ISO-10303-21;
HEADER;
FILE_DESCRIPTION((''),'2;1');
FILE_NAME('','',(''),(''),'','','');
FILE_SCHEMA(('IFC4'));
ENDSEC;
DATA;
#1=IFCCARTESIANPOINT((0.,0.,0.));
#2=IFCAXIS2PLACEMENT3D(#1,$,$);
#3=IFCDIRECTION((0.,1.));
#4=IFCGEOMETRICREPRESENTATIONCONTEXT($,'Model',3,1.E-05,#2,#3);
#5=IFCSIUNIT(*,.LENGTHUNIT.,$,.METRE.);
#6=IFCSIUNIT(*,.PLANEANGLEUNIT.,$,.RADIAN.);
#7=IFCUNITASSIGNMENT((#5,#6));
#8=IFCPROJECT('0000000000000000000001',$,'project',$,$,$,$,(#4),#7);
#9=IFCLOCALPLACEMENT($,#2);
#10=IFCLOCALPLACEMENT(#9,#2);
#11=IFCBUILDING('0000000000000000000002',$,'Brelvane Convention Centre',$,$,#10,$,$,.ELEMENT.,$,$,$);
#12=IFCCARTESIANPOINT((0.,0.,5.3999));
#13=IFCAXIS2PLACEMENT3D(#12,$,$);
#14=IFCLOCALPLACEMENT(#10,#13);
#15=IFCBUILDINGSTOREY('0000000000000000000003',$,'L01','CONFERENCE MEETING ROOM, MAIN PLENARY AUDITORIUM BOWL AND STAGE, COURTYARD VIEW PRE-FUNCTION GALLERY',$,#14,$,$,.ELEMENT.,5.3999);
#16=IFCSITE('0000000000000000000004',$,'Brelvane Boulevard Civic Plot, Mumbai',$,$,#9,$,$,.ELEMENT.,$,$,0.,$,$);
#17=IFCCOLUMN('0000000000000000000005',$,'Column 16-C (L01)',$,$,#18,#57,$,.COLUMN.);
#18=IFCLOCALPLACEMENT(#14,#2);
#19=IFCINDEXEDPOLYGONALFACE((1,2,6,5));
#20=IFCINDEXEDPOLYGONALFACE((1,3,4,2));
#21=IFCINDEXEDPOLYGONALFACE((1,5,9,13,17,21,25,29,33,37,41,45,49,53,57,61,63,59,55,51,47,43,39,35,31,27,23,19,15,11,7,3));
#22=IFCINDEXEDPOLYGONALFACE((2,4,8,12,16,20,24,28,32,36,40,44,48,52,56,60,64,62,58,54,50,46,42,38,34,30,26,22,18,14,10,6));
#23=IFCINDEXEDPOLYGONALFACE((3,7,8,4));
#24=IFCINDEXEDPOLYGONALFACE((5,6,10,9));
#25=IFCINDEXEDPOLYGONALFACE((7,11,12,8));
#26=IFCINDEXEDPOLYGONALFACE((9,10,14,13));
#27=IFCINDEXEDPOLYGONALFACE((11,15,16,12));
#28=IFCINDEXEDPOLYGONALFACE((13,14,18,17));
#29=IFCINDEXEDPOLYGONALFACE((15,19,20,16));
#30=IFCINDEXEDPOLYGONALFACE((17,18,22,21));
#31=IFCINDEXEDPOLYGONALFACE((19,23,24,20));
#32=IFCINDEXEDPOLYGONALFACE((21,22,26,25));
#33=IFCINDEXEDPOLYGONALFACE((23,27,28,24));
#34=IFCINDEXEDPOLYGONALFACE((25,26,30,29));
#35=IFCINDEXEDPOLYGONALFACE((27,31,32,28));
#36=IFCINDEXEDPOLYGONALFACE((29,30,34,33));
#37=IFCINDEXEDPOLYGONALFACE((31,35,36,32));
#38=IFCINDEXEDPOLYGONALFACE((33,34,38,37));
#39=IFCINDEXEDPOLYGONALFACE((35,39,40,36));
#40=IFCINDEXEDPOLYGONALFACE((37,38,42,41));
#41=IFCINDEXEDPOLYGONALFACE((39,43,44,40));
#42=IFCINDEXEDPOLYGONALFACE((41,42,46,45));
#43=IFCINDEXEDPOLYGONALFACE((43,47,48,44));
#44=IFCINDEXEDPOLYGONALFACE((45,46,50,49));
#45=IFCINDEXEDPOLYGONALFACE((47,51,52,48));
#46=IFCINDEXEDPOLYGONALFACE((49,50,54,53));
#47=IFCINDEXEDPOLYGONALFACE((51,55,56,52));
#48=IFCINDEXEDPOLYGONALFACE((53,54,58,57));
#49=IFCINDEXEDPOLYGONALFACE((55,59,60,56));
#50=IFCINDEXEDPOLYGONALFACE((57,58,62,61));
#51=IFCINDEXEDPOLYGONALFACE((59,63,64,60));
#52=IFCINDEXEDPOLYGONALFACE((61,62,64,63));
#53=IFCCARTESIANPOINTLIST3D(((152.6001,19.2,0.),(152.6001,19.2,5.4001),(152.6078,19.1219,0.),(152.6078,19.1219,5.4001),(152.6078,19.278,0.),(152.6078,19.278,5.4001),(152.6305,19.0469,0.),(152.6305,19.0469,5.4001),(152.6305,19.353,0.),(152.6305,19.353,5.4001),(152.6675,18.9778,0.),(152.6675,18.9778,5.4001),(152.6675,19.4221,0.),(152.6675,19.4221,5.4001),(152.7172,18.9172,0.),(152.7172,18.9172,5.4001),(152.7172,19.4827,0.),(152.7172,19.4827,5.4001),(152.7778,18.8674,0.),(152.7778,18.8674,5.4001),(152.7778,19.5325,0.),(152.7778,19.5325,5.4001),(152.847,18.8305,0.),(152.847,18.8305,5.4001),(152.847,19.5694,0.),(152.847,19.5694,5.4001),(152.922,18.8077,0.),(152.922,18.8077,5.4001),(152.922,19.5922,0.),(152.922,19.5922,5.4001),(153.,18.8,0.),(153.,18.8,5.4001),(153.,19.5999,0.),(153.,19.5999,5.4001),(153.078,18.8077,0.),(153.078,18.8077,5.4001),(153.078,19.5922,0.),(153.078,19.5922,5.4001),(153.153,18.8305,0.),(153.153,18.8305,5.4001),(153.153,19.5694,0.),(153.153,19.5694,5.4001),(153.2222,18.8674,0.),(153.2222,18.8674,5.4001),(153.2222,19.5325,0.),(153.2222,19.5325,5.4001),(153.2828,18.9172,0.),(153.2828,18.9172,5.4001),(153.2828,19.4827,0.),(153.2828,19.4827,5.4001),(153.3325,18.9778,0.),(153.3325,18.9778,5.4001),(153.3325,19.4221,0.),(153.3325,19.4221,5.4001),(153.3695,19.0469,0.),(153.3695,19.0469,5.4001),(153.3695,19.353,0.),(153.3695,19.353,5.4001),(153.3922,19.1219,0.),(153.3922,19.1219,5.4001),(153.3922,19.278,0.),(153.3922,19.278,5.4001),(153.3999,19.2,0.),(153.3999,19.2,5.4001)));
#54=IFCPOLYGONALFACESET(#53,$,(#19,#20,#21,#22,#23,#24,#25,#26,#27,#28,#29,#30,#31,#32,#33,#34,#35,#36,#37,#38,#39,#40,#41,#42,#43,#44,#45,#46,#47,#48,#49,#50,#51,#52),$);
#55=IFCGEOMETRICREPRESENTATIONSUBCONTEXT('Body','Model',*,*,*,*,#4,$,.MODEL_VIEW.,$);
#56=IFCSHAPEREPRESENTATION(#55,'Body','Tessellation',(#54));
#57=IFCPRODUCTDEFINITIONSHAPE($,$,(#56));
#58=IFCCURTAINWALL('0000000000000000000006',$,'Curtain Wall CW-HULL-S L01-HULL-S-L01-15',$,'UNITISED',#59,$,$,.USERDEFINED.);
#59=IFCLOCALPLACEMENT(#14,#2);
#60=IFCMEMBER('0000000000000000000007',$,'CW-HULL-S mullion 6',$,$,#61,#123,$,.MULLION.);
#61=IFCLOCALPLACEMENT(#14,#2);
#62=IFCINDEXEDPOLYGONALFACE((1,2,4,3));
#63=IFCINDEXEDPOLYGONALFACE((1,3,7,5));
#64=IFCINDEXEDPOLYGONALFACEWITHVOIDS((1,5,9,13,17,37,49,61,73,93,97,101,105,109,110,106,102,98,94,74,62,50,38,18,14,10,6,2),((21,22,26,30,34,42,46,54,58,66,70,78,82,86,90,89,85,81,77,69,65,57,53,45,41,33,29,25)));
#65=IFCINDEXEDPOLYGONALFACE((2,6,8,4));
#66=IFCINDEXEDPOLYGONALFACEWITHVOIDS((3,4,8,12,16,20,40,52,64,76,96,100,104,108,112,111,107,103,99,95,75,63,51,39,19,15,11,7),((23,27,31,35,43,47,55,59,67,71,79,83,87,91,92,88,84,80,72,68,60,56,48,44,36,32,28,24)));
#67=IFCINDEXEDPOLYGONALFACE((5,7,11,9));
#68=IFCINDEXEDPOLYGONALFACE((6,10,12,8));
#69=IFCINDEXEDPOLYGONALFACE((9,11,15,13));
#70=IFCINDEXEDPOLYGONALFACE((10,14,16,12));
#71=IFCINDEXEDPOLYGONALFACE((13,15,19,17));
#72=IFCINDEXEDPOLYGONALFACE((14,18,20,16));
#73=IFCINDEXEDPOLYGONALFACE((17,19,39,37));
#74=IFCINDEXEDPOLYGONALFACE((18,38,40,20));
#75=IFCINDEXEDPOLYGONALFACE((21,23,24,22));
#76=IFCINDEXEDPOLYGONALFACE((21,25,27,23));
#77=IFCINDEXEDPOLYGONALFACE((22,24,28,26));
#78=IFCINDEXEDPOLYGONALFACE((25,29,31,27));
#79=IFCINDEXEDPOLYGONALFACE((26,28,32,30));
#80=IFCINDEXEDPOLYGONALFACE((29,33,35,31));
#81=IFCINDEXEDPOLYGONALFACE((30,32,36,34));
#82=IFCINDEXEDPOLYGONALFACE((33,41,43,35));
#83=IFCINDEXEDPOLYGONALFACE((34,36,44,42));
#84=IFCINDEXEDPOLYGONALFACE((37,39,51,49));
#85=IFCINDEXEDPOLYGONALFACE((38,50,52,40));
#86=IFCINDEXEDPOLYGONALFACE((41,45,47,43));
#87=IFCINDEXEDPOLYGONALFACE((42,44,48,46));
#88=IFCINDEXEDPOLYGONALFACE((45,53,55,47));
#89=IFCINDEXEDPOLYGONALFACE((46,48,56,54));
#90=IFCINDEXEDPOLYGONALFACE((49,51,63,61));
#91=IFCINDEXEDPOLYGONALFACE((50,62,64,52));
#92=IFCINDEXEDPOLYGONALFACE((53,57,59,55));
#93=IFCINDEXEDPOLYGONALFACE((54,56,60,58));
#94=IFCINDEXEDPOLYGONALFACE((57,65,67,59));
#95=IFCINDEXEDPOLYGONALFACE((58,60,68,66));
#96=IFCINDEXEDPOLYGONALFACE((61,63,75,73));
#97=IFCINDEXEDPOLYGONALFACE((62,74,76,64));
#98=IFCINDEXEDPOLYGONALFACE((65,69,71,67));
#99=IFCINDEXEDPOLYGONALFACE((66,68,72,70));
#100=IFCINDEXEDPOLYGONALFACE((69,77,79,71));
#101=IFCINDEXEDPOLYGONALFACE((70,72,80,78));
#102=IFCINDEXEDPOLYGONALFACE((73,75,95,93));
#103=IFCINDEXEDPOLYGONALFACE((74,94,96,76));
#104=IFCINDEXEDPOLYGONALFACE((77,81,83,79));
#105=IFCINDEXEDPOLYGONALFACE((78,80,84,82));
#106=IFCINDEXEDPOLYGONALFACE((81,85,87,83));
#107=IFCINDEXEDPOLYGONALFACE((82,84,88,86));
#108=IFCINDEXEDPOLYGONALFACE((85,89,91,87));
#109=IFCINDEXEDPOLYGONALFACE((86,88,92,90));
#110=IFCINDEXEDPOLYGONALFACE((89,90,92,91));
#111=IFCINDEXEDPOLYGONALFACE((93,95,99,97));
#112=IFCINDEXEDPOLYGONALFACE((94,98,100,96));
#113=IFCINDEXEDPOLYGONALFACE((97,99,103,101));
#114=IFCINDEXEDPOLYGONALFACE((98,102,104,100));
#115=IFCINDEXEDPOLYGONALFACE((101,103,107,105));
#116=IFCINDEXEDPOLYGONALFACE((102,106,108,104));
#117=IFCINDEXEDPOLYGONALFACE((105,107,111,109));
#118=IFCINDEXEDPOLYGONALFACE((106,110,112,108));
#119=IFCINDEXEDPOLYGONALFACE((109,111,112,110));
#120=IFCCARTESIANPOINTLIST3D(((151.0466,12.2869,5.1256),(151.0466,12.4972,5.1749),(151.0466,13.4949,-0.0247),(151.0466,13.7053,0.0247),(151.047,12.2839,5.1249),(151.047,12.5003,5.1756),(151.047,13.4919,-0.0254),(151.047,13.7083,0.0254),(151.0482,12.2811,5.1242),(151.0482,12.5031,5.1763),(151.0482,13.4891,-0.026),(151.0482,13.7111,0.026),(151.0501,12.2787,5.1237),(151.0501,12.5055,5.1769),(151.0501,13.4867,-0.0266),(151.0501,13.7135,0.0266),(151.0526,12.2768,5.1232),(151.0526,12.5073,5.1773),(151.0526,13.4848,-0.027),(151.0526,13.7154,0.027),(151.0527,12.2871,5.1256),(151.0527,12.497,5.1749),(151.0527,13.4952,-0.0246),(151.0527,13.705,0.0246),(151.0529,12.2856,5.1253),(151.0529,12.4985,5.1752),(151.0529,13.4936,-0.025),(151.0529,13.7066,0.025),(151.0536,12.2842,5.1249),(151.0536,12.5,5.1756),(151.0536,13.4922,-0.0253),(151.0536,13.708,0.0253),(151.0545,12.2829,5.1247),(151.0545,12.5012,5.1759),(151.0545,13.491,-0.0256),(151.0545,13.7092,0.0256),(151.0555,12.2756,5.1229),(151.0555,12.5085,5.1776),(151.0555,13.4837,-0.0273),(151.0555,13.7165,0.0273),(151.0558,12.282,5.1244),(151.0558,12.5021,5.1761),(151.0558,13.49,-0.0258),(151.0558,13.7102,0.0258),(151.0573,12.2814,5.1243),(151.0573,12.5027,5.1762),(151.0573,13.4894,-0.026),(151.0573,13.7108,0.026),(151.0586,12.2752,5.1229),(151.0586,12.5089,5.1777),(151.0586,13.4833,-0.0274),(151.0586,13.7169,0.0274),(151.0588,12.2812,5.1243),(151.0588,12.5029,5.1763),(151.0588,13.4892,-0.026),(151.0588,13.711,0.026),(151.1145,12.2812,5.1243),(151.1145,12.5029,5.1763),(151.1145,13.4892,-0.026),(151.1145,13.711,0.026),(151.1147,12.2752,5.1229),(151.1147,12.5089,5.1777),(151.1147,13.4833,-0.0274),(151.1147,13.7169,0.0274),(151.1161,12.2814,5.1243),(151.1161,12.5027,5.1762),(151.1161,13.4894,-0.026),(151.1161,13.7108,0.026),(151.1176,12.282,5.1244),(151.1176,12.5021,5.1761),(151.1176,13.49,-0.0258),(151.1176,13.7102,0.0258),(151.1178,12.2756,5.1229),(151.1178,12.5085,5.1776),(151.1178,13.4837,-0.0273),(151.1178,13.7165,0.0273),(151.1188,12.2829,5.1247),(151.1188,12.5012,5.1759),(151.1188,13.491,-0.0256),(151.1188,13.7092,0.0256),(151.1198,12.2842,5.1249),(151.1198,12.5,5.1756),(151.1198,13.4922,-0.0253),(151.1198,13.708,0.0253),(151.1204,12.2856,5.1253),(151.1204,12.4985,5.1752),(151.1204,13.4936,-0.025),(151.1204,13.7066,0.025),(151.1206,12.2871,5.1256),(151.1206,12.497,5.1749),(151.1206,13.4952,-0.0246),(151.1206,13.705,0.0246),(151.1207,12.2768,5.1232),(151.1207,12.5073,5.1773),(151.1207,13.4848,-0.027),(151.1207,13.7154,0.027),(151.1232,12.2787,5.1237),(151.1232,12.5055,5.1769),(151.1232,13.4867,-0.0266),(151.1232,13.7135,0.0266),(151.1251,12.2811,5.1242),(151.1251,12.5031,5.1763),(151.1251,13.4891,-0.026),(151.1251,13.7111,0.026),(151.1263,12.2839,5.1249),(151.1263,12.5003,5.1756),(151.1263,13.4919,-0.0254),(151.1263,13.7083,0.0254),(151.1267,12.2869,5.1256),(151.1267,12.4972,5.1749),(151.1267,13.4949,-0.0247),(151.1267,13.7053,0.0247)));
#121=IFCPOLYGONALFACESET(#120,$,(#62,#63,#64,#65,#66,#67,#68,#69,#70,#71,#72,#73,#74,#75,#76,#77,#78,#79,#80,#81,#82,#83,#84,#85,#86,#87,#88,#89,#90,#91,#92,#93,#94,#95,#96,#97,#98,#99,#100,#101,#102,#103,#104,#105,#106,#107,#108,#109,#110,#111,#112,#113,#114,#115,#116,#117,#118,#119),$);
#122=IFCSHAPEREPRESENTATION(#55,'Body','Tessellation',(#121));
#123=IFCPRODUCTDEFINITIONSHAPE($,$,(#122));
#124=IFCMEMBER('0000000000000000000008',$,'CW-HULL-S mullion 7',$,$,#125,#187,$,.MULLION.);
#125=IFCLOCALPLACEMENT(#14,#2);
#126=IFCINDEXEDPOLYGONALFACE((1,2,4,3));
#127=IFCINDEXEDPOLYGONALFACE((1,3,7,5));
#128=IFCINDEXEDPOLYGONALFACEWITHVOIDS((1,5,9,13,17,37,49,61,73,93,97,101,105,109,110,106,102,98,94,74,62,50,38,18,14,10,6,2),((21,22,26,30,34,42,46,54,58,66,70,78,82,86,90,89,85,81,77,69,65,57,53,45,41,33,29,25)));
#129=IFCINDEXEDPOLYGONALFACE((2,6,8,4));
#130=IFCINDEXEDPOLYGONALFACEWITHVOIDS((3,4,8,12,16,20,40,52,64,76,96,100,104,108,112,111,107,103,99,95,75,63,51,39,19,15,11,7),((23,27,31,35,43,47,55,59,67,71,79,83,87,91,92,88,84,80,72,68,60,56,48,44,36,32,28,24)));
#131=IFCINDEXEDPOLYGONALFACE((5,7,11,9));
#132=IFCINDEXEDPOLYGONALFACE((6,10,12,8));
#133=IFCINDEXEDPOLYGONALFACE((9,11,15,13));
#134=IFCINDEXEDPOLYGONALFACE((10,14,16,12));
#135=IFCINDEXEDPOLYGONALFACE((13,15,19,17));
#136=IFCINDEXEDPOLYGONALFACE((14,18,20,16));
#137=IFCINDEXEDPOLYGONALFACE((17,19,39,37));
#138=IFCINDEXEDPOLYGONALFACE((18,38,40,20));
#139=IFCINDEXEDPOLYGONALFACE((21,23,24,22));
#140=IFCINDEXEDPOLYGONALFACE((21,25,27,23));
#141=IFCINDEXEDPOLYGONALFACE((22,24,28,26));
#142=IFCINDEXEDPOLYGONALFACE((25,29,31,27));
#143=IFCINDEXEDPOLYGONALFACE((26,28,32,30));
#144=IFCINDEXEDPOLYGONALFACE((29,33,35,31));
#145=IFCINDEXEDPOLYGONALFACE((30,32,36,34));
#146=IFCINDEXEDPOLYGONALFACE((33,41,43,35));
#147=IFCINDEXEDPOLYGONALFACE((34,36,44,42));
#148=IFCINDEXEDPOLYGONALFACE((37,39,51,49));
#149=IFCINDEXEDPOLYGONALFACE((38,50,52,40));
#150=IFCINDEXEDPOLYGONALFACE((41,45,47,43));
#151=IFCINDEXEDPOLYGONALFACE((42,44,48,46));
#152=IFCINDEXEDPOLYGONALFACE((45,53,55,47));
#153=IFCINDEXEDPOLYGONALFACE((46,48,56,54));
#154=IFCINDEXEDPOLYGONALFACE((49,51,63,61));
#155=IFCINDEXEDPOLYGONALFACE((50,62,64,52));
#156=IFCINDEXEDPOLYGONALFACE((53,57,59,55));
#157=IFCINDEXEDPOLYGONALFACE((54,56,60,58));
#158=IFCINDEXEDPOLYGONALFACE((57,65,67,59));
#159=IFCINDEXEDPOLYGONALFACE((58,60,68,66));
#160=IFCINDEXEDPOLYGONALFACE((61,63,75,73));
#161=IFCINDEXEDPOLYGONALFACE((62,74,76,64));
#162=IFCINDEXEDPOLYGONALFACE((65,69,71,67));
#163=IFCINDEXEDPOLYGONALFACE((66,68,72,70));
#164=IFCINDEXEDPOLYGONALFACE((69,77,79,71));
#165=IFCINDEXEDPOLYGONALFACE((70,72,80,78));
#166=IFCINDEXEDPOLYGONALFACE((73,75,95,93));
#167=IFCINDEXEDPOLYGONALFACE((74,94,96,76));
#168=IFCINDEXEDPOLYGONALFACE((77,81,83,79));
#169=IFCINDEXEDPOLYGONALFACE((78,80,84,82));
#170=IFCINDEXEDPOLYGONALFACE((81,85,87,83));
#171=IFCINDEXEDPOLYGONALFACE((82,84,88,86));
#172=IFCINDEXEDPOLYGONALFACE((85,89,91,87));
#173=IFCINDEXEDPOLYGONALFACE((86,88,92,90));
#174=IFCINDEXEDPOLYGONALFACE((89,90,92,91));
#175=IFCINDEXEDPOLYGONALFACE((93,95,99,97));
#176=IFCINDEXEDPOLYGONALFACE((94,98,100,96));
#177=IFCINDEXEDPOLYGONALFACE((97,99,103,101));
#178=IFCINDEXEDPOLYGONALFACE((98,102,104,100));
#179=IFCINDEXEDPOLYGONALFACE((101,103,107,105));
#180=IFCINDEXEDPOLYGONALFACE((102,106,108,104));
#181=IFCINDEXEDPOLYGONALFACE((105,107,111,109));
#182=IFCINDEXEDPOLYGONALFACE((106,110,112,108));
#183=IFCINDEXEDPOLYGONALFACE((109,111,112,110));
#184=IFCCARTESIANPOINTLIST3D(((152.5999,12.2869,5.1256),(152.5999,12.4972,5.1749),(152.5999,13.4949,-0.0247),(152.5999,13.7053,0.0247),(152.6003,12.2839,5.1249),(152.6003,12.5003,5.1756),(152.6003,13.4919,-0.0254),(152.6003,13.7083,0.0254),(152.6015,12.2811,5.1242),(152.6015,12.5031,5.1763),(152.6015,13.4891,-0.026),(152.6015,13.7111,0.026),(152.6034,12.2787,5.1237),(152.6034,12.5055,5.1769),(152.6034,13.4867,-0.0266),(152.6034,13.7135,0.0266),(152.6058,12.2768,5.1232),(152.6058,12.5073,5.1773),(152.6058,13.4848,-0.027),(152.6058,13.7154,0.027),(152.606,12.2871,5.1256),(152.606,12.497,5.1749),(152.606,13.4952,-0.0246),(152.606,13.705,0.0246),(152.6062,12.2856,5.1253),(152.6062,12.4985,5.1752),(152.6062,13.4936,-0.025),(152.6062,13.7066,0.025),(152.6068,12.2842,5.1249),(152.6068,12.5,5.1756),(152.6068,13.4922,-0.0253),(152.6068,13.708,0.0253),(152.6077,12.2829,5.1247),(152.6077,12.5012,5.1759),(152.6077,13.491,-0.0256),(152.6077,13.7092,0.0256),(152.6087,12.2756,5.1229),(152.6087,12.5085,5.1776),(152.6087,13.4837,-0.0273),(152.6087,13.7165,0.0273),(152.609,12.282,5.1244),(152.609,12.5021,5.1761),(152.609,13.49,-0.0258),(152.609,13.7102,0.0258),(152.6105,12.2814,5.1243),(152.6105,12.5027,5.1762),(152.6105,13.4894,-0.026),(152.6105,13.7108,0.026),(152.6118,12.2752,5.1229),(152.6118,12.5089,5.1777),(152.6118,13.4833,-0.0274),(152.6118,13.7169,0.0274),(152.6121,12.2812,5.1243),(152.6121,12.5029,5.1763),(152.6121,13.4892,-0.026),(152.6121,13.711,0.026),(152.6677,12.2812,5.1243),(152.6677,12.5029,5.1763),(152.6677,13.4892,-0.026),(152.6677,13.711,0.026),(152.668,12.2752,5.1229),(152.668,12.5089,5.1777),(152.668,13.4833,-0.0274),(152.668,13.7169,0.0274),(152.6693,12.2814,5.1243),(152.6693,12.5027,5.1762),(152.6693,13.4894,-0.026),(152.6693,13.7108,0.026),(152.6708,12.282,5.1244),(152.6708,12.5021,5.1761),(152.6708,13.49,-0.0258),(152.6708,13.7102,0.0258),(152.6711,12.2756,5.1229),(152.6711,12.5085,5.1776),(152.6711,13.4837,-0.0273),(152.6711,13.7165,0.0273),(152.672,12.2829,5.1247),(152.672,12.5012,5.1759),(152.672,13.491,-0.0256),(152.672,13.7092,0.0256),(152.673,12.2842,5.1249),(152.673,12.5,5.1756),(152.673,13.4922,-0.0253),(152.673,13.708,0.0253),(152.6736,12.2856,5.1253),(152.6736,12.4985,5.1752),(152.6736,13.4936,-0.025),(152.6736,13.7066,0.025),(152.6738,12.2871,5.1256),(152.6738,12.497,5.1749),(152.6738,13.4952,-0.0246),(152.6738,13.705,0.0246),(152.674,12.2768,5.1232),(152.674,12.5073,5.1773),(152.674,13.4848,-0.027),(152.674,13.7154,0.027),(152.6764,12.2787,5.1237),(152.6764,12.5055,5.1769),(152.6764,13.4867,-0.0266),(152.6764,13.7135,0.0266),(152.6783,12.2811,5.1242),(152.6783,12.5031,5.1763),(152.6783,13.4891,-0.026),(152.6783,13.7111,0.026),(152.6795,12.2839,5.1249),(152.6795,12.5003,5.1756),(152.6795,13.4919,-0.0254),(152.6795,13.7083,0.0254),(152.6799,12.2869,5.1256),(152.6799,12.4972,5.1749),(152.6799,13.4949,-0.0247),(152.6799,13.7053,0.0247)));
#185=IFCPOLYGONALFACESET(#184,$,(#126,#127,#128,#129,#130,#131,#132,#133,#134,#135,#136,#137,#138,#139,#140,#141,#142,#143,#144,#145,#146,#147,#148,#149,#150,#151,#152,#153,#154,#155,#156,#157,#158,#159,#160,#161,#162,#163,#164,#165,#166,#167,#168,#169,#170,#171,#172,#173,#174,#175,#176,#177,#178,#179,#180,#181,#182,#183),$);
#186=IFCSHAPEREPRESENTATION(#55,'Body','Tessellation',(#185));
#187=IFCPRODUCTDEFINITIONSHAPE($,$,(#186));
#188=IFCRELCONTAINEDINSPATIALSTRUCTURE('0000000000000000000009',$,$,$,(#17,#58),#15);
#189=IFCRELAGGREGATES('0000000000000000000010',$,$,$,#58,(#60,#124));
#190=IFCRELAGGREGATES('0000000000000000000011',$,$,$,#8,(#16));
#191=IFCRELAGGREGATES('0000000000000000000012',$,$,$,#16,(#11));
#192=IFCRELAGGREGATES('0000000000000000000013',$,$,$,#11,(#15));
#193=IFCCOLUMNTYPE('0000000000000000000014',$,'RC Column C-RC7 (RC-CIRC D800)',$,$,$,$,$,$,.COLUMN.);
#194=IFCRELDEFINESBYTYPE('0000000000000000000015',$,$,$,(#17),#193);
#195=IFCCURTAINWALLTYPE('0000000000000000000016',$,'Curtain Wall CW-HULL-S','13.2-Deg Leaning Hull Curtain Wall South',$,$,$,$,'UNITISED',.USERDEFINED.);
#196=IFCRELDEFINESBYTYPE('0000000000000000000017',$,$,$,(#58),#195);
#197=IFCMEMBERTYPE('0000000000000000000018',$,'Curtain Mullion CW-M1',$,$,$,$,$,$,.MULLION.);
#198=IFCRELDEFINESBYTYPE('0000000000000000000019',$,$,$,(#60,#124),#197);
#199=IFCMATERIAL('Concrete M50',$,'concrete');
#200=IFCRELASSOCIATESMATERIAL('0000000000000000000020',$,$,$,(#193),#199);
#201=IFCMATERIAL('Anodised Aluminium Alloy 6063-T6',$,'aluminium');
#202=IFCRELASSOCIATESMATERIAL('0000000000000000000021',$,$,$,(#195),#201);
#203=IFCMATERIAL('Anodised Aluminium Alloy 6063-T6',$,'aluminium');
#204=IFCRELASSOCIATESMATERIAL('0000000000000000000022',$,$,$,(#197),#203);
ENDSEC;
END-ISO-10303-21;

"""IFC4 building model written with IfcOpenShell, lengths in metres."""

from ifc_helpers import new_model, si_unit, direction, frame, origin, origin_2d, place, context, subcontext, project, spatial, hollow_rectangle, circle, extrude, material, material_profile, profile_set, type_object, element, aggregate, save


model = new_model("IFC4")

# Units and contexts
model_context = context("Model", 3, precision=1e-05, world=origin(), true_north=direction((0.0, 1.0)))
body_context = subcontext(model_context, "Body", "Model", "MODEL_VIEW")
ifc_project = project(units=[si_unit("LENGTHUNIT", "METRE"), si_unit("PLANEANGLEUNIT", "RADIAN")], contexts=[model_context])

# Site, building, storey
site_placement = place(None, origin())
site = spatial("IfcSite", under=ifc_project, at=site_placement, Name="Brelvane Boulevard Civic Plot, Mumbai", CompositionType="ELEMENT", RefElevation=0.0)
building_placement = place(site_placement, origin())
building = spatial("IfcBuilding", under=site, at=building_placement, Name="Brelvane Convention Centre", CompositionType="ELEMENT")
storey_placement = place(building_placement, frame((0.0, 0.0, 5.3999)))
storey = spatial("IfcBuildingStorey", under=building, at=storey_placement, Name="L01", Description="CONFERENCE MEETING ROOM, MAIN PLENARY AUDITORIUM BOWL AND STAGE, COURTYARD VIEW PRE-FUNCTION GALLERY", CompositionType="ELEMENT", Elevation=5.3999)

# Column
ifc_material_1 = material(Name="Concrete M50", Category="concrete")
ifc_material_profile_1 = material_profile(ifc_material_1, circle(Radius=0.3999, at=origin_2d()), Name="RC-CIRC D800")
ifc_profile_set_1 = profile_set([ifc_material_profile_1], Name="Concrete M50")
column_type = type_object("IfcColumnType", Name="RC Column C-RC7 (RC-CIRC D800)", PredefinedType="COLUMN", material=ifc_profile_set_1)
column_placement = place(storey_placement, frame((153.0, 19.2, 0.0), z_axis=(0.0, 0.0, 1.0), x_axis=(1.0, 0.0, 0.0)))
element("IfcColumn", 1, at=column_placement, inside=storey, type_object=column_type, Name="Column 16-C (L01)", PredefinedType="COLUMN", context=body_context, shape_type="SweptSolid", body=[
    extrude(circle(Radius=0.3999, at=origin_2d()), origin(), (0.0, 0.0, 1.0), 5.4001),
])

# Curtain wall, members
ifc_material_2 = material(Name="Anodised Aluminium Alloy 6063-T6", Category="aluminium")
curtain_wall_type = type_object("IfcCurtainWallType", Name="Curtain Wall CW-HULL-S", Description="13.2-Deg Leaning Hull Curtain Wall South", ElementType="UNITISED", PredefinedType="USERDEFINED", material=ifc_material_2)
curtain_wall_1_placement = place(storey_placement, origin())
curtain_wall_1 = element("IfcCurtainWall", 2, at=curtain_wall_1_placement, inside=storey, type_object=curtain_wall_type, Name="Curtain Wall CW-HULL-S L01-HULL-S-L01-15", ObjectType="UNITISED", PredefinedType="USERDEFINED")
ifc_material_3 = material(Name="Anodised Aluminium Alloy 6063-T6", Category="aluminium")
ifc_material_profile_2 = material_profile(ifc_material_3, hollow_rectangle(XDim=0.0801, YDim=0.24, WallThickness=0.0061, InnerFilletRadius=0.0061, OuterFilletRadius=0.012, at=origin_2d()), Name="ALU-M 240x80x6.0")
ifc_profile_set_2 = profile_set([ifc_material_profile_2], Name="Anodised Aluminium Alloy 6063-T6")
member_type_1 = type_object("IfcMemberType", Name="Curtain Mullion CW-M1", PredefinedType="MULLION", material=ifc_profile_set_2)
member_1_placement = place(storey_placement, frame((151.0867, 13.6001, 0.0), z_axis=(0.0, -0.22836, 0.973577), x_axis=(1.0, 0.0, 0.0)))
member_1 = element("IfcMember", 3, at=member_1_placement, type_object=member_type_1, Name="CW-HULL-S mullion 6", PredefinedType="MULLION", context=body_context, shape_type="SweptSolid", body=[
    extrude(hollow_rectangle(XDim=0.0801, YDim=0.24, WallThickness=0.0061, InnerFilletRadius=0.0061, OuterFilletRadius=0.012, at=origin_2d()), origin(), (0.0, 0.0, 1.0), 5.29),
])
member_2_placement = place(storey_placement, frame((152.6399, 13.6001, 0.0), z_axis=(0.0, -0.22836, 0.973577), x_axis=(1.0, 0.0, 0.0)))
member_2 = element("IfcMember", 4, at=member_2_placement, type_object=member_type_1, Name="CW-HULL-S mullion 7", PredefinedType="MULLION", context=body_context, shape_type="SweptSolid", body=[
    extrude(hollow_rectangle(XDim=0.0801, YDim=0.24, WallThickness=0.0061, InnerFilletRadius=0.0061, OuterFilletRadius=0.012, at=origin_2d()), origin(), (0.0, 0.0, 1.0), 5.29),
])
aggregate(curtain_wall_1, [member_1, member_2])

save(model, "model.ifc")
